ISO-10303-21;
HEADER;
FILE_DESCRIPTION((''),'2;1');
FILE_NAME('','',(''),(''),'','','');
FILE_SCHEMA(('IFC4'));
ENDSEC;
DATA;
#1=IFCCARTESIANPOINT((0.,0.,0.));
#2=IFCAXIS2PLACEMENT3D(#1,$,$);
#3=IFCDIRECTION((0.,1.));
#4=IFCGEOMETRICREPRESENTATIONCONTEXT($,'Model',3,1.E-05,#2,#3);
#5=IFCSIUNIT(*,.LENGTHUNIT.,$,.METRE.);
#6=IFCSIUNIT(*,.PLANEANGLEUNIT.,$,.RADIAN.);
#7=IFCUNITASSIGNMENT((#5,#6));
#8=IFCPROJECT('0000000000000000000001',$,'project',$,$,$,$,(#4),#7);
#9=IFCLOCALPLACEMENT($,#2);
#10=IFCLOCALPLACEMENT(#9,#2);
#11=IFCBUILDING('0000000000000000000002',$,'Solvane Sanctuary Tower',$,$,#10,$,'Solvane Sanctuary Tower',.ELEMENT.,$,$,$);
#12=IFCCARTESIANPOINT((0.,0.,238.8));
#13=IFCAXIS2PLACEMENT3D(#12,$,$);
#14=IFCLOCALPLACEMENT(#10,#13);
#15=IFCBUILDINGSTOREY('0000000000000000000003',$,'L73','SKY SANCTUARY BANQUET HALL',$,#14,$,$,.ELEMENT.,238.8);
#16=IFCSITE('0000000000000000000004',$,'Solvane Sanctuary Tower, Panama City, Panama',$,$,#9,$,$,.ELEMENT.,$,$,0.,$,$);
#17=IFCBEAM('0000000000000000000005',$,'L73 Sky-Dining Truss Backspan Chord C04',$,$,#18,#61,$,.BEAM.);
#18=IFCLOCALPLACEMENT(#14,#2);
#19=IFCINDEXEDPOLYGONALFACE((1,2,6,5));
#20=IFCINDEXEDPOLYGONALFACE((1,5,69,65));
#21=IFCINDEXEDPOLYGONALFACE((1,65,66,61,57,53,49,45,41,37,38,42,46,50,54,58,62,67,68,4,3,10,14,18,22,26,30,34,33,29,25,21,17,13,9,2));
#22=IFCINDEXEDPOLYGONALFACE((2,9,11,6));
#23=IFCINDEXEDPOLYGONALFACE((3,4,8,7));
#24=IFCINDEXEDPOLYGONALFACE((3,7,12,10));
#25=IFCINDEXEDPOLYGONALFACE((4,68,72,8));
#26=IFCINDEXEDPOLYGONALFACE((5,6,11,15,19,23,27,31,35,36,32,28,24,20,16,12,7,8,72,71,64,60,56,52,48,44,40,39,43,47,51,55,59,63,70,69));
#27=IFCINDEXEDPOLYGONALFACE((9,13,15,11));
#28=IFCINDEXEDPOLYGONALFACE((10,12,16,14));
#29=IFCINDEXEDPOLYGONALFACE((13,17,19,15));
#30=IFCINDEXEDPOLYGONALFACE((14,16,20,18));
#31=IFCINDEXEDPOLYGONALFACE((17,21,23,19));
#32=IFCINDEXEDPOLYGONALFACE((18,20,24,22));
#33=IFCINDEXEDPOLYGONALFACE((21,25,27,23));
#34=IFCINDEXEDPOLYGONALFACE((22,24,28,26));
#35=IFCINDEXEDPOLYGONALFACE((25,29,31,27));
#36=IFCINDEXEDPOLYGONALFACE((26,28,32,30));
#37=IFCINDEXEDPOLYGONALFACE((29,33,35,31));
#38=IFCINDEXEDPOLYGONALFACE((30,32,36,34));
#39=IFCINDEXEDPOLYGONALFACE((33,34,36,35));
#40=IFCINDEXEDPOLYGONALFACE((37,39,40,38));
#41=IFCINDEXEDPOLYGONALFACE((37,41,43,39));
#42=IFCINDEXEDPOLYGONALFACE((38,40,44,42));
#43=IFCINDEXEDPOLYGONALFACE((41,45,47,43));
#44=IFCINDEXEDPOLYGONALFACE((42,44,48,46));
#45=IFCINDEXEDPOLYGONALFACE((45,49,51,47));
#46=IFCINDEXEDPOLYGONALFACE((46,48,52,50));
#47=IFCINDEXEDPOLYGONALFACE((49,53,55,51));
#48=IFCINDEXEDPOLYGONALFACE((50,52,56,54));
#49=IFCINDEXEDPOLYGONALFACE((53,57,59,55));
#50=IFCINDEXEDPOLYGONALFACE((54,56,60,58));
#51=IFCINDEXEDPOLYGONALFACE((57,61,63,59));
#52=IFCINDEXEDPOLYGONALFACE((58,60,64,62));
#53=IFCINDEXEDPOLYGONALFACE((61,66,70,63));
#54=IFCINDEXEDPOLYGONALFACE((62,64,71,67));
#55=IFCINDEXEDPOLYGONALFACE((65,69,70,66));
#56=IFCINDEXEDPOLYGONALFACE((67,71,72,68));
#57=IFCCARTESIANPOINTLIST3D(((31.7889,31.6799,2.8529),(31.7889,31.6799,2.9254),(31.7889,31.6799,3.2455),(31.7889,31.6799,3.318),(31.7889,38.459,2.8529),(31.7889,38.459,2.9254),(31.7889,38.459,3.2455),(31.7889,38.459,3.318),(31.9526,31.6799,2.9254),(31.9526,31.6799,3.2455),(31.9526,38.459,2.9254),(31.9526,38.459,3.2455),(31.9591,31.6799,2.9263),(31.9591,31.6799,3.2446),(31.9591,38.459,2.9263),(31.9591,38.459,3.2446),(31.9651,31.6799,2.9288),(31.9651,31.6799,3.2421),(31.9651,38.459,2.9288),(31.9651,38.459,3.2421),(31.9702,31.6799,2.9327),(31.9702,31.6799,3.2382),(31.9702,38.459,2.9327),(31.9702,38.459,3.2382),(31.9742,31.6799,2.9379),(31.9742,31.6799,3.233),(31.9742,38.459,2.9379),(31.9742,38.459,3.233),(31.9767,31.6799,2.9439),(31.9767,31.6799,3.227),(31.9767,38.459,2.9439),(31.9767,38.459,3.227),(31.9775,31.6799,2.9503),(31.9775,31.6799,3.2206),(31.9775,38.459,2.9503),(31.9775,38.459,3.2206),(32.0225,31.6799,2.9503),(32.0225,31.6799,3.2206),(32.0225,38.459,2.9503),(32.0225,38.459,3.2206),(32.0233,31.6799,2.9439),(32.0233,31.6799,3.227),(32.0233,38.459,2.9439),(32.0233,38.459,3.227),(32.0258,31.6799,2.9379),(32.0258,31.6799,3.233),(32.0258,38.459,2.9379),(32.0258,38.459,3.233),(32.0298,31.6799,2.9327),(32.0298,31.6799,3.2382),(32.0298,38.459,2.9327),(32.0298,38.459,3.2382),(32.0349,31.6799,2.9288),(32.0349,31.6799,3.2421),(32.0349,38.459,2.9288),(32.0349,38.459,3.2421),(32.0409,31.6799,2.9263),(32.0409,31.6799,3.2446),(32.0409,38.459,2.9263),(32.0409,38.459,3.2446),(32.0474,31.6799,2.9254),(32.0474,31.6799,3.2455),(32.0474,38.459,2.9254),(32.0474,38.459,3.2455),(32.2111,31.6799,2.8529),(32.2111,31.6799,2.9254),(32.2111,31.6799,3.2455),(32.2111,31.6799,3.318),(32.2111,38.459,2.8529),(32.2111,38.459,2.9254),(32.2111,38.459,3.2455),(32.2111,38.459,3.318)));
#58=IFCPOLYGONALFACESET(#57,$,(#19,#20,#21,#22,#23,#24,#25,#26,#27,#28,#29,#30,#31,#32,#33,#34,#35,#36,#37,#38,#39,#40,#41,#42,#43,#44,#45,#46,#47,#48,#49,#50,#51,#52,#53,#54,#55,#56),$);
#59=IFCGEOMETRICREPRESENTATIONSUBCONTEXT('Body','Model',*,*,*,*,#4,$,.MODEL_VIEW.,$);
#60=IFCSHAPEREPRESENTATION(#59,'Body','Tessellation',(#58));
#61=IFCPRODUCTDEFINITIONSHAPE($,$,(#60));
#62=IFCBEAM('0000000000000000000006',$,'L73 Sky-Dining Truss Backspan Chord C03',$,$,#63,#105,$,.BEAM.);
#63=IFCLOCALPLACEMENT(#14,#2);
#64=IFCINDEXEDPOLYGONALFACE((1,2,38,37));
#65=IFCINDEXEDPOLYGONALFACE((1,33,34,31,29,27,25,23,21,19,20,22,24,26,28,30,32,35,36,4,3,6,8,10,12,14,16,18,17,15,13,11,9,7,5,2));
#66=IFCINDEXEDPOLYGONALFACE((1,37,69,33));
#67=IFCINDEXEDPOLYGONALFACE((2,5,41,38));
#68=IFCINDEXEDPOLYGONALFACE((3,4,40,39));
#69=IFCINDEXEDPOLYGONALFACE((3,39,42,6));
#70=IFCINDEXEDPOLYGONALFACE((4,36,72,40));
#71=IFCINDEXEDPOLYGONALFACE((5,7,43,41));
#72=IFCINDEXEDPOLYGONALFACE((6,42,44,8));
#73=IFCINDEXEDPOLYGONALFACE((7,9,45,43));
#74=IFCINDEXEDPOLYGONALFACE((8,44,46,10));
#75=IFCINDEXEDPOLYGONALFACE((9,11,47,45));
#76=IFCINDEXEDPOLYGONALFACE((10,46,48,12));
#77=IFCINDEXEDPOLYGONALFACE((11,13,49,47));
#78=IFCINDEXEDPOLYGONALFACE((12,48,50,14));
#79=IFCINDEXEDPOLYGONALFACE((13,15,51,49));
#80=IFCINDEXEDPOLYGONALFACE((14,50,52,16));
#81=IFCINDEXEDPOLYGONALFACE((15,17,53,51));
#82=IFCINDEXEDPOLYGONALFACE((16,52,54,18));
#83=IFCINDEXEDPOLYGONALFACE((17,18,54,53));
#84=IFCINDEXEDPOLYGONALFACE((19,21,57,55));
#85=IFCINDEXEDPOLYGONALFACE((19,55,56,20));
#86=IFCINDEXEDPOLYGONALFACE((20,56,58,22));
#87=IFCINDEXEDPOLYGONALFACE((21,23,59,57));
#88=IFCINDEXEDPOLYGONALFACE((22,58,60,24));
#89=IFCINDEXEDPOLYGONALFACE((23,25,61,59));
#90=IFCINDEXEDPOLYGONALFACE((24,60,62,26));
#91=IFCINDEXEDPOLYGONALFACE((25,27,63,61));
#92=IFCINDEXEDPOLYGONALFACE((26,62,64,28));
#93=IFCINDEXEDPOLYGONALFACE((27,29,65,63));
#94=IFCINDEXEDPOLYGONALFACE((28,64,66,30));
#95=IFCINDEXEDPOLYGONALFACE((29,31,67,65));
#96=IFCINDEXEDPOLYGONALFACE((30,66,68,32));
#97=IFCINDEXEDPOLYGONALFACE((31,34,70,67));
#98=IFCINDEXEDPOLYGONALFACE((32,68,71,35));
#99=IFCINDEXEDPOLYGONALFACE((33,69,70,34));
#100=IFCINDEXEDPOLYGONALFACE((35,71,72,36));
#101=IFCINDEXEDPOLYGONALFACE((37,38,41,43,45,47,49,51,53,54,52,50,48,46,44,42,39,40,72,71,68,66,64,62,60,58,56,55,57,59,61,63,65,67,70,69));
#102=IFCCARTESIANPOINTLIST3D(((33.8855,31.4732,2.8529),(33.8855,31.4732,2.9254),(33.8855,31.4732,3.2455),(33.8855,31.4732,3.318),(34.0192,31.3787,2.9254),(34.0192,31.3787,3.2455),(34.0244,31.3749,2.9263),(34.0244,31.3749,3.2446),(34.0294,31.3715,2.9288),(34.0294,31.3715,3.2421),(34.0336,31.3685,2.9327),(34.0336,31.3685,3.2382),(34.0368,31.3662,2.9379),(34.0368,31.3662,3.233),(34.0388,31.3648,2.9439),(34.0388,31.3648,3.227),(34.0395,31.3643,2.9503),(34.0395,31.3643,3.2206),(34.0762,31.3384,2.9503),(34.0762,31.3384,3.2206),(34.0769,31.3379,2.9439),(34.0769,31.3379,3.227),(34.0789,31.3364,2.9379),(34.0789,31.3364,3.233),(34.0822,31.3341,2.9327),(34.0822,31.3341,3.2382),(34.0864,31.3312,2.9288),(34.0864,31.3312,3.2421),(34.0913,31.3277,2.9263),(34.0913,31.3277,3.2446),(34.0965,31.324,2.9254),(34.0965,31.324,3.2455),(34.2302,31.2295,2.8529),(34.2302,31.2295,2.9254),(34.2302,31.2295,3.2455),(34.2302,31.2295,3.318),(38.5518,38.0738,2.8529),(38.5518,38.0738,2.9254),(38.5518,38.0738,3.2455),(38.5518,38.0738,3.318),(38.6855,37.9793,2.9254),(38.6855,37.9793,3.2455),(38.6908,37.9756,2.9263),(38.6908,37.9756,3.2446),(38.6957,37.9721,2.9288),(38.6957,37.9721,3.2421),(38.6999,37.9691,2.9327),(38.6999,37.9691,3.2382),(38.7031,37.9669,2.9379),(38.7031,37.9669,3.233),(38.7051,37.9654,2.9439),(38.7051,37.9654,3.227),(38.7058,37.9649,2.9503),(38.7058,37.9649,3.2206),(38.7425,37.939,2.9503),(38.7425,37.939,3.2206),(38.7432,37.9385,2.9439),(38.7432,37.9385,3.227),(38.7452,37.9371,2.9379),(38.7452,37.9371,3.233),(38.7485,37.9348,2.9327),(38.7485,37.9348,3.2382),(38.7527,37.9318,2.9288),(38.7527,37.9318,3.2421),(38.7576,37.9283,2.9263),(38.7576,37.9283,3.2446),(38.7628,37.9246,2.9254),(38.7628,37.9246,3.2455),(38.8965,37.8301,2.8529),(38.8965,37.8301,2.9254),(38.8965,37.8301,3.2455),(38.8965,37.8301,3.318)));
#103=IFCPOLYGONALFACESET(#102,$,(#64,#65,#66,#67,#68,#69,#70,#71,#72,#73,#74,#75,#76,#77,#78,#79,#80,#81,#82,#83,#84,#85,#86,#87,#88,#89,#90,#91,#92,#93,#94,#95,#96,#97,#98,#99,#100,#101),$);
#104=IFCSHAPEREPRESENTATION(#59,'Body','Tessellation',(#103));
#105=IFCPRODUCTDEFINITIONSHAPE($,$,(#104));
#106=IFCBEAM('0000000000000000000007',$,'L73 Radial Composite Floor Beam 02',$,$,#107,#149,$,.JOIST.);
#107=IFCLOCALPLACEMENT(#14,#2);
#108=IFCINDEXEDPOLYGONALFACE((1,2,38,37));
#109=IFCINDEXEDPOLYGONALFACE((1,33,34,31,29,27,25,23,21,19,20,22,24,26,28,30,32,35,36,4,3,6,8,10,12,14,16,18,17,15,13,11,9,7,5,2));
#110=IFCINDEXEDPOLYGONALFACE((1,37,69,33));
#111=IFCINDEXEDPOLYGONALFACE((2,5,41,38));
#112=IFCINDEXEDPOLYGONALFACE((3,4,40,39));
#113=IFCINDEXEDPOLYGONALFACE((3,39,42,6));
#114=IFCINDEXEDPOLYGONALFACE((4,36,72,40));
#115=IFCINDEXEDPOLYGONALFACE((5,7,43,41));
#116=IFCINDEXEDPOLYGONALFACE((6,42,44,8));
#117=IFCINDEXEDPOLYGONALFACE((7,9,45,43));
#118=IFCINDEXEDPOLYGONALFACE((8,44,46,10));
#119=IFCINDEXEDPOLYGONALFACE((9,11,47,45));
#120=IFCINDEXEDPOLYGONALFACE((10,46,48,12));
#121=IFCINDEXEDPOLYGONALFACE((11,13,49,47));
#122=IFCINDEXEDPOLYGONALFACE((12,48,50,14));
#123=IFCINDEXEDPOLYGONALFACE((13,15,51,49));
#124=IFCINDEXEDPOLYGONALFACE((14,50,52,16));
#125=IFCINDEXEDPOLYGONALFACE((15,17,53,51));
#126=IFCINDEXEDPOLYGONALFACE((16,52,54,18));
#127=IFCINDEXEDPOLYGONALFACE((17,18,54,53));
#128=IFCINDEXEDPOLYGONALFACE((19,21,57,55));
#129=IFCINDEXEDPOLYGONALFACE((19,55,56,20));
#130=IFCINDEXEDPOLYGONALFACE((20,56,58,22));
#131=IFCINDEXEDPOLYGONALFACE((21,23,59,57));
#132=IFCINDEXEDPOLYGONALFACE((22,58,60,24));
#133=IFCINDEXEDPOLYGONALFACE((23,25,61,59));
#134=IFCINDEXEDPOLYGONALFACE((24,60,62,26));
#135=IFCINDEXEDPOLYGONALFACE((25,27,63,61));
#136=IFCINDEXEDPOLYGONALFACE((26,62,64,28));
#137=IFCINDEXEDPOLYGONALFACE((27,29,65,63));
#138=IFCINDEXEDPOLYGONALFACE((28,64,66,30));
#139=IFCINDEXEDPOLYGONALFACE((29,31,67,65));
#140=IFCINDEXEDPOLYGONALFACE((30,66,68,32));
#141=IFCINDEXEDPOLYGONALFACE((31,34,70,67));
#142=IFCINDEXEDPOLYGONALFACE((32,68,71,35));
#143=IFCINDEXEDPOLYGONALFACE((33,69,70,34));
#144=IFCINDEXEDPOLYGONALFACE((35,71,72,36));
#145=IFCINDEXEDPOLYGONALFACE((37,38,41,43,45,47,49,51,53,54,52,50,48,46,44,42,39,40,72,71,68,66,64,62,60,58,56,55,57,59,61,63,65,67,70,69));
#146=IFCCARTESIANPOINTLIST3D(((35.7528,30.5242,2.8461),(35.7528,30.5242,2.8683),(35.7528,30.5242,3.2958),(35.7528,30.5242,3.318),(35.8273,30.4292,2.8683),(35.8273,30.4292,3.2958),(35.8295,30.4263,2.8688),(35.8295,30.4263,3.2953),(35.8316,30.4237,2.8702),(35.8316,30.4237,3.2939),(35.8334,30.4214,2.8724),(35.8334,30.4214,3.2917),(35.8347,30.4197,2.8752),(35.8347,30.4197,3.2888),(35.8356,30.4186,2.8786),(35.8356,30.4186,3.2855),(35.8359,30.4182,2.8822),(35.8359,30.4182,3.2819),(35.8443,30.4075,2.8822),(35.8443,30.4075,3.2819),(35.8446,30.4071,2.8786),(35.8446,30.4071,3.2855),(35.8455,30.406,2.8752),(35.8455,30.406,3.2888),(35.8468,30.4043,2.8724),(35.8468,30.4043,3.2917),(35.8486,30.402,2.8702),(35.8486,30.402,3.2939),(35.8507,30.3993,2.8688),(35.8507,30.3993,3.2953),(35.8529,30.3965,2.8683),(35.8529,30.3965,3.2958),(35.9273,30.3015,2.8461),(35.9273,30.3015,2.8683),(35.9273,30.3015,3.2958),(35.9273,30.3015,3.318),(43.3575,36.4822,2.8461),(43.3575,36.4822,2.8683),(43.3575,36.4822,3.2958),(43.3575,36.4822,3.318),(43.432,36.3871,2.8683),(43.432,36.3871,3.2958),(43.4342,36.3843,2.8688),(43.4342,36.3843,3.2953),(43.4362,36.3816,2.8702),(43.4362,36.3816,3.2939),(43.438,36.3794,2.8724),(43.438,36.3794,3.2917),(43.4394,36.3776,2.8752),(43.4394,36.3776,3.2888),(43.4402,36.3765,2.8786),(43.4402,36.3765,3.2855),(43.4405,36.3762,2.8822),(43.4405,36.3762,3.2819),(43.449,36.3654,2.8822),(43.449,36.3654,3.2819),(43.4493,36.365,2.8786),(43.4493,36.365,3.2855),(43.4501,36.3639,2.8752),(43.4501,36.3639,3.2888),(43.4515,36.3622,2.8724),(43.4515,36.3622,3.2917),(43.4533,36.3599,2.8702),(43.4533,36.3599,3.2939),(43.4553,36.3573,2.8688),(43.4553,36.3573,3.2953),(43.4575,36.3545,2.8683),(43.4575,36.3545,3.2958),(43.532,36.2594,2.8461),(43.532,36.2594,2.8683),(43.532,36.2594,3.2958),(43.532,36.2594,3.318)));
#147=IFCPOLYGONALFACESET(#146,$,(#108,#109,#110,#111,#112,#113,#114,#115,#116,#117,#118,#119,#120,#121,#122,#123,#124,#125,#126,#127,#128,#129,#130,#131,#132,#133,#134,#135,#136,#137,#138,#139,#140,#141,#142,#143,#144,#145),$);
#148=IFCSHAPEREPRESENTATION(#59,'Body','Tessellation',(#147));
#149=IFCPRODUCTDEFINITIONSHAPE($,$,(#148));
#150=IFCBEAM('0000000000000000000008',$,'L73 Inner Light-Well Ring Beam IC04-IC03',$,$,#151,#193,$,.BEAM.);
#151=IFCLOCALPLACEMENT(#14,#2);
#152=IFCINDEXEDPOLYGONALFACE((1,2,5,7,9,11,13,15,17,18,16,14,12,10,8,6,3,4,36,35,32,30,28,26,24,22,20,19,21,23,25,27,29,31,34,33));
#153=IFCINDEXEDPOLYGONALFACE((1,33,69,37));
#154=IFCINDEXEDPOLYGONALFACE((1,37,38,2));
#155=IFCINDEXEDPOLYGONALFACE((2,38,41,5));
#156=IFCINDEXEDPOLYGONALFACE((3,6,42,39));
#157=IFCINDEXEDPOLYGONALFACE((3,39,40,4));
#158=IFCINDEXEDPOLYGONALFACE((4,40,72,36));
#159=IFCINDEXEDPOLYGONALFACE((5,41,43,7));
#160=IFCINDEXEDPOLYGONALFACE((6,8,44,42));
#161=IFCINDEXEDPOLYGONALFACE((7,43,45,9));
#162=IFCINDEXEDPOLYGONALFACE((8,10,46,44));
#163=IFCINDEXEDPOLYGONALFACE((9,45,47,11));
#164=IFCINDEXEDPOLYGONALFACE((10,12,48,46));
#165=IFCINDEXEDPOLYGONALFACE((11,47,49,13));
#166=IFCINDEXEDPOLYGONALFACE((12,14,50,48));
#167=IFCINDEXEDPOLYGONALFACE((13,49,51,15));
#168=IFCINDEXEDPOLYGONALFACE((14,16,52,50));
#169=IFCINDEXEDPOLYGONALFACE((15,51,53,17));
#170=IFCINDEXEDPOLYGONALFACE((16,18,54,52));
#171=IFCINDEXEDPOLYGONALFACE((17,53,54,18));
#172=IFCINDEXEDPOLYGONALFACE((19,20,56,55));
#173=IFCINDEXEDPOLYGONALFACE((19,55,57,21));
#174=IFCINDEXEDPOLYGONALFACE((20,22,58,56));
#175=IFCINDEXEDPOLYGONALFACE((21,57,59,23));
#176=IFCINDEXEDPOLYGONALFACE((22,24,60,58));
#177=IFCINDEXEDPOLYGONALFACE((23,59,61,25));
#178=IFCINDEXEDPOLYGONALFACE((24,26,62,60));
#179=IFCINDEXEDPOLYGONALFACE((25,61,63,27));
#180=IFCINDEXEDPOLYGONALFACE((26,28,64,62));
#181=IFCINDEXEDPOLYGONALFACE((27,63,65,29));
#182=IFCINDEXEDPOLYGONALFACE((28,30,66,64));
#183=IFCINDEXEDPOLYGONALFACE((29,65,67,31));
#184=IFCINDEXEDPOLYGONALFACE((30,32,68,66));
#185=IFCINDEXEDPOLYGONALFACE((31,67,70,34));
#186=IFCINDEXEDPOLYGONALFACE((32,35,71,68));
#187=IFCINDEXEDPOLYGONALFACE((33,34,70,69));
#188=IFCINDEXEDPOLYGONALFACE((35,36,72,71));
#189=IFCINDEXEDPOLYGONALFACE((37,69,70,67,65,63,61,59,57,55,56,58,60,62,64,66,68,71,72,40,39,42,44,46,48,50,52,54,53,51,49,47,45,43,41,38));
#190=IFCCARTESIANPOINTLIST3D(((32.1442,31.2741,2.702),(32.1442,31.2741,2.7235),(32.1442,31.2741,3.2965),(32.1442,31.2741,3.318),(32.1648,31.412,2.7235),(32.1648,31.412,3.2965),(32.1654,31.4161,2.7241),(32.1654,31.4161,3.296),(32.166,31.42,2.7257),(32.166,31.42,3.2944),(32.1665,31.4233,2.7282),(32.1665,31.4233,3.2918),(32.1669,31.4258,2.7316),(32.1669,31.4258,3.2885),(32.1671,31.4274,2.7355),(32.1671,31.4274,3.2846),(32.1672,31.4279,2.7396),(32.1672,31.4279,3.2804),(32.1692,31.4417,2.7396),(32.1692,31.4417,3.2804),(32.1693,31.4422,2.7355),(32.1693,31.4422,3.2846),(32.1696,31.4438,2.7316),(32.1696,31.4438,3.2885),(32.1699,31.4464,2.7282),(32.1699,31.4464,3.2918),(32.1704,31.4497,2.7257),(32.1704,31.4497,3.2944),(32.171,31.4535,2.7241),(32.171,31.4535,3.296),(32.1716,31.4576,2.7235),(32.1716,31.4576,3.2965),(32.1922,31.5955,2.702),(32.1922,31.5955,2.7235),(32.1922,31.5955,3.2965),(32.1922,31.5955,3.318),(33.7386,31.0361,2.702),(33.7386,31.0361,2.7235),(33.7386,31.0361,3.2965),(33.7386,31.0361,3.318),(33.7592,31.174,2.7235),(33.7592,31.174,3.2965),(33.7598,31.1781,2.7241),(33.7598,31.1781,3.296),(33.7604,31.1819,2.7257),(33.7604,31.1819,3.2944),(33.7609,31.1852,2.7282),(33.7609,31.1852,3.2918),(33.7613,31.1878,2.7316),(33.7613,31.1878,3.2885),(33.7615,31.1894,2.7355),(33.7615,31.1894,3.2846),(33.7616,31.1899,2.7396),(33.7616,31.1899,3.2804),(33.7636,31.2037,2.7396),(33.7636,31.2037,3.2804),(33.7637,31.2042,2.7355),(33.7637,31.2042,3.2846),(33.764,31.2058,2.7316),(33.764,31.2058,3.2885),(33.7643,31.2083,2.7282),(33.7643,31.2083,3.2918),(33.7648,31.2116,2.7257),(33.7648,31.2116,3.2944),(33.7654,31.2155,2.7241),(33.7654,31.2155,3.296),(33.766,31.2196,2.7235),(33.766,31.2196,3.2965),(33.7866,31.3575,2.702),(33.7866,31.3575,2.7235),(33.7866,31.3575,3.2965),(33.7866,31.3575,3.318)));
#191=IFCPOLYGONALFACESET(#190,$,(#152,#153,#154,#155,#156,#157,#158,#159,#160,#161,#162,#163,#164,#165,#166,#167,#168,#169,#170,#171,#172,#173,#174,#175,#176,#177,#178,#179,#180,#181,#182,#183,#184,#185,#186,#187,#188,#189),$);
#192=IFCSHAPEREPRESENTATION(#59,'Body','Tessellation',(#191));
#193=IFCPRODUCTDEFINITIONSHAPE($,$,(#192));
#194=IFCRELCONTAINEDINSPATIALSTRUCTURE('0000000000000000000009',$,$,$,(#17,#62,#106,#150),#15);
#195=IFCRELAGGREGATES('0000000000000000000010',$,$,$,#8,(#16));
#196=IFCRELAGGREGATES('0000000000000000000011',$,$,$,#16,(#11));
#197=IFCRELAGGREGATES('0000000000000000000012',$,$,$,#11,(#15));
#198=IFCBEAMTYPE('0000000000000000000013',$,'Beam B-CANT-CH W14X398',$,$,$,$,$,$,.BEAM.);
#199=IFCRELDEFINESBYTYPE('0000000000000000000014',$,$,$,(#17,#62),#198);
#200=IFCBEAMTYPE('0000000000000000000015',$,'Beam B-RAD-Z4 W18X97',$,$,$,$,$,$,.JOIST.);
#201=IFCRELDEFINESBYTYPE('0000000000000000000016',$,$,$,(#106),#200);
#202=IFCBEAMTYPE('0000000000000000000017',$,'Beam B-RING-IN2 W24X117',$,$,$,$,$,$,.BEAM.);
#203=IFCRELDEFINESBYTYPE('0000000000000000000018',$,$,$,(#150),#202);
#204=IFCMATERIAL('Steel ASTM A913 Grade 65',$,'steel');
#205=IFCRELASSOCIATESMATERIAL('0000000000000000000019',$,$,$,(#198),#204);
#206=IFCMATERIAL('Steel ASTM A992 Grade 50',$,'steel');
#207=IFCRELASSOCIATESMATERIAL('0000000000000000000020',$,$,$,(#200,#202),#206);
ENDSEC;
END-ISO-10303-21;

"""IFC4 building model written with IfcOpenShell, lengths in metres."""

from ifc_helpers import new_model, si_unit, direction, frame, origin, origin_2d, place, context, subcontext, project, spatial, i_section, extrude, material, material_profile, profile_set, type_object, element, save


model = new_model("IFC4")

# Units and contexts
model_context = context("Model", 3, precision=1e-05, world=origin(), true_north=direction((0.0, 1.0)))
body_context = subcontext(model_context, "Body", "Model", "MODEL_VIEW")
ifc_project = project(units=[si_unit("LENGTHUNIT", "METRE"), si_unit("PLANEANGLEUNIT", "RADIAN")], contexts=[model_context])

# Site, building, storey
site_placement = place(None, origin())
site = spatial("IfcSite", under=ifc_project, at=site_placement, Name="Solvane Sanctuary Tower, Panama City, Panama", CompositionType="ELEMENT", RefElevation=0.0)
building_placement = place(site_placement, origin())
building = spatial("IfcBuilding", under=site, at=building_placement, Name="Solvane Sanctuary Tower", LongName="Solvane Sanctuary Tower", CompositionType="ELEMENT")
storey_placement = place(building_placement, frame((0.0, 0.0, 238.8)))
storey = spatial("IfcBuildingStorey", under=building, at=storey_placement, Name="L73", Description="SKY SANCTUARY BANQUET HALL", CompositionType="ELEMENT", Elevation=238.8)

# Shared definitions
ifc_material_1 = material(Name="Steel ASTM A913 Grade 65", Category="steel")

# Beams
ifc_material_profile_1 = material_profile(ifc_material_1, i_section(OverallWidth=0.4221, OverallDepth=0.4651, WebThickness=0.0449, FlangeThickness=0.0725, FilletRadius=0.0249, at=origin_2d()), Name="W14X398")
ifc_profile_set_1 = profile_set([ifc_material_profile_1], Name="Steel ASTM A913 Grade 65")
beam_type_1 = type_object("IfcBeamType", Name="Beam B-CANT-CH W14X398", PredefinedType="BEAM", material=ifc_profile_set_1)
beam_1_placement = place(storey_placement, frame((32.0, 31.6799, 3.0854), z_axis=(0.0, 1.0, 0.0), x_axis=(-1.0, 0.0, 0.0)))
element("IfcBeam", 1, at=beam_1_placement, inside=storey, type_object=beam_type_1, Name="L73 Sky-Dining Truss Backspan Chord C04", PredefinedType="BEAM", context=body_context, shape_type="SweptSolid", body=[
    extrude(i_section(OverallWidth=0.4221, OverallDepth=0.4651, WebThickness=0.0449, FlangeThickness=0.0725, FilletRadius=0.0249, at=origin_2d()), origin(), (0.0, 0.0, 1.0), 6.7791),
])
beam_2_placement = place(storey_placement, frame((34.0579, 31.3513, 3.0854), z_axis=(0.577263, 0.816558, 0.0), x_axis=(-0.816558, 0.577263, 0.0)))
element("IfcBeam", 2, at=beam_2_placement, inside=storey, type_object=beam_type_1, Name="L73 Sky-Dining Truss Backspan Chord C03", PredefinedType="BEAM", context=body_context, shape_type="SweptSolid", body=[
    extrude(i_section(OverallWidth=0.4221, OverallDepth=0.4651, WebThickness=0.0449, FlangeThickness=0.0725, FilletRadius=0.0249, at=origin_2d()), origin(), (0.0, 0.0, 1.0), 8.0835),
])
ifc_material_2 = material(Name="Steel ASTM A992 Grade 50", Category="steel")
ifc_material_profile_2 = material_profile(ifc_material_2, i_section(OverallWidth=0.283, OverallDepth=0.4719, WebThickness=0.0137, FlangeThickness=0.0222, FilletRadius=0.0139, at=origin_2d()), Name="W18X97")
ifc_profile_set_2 = profile_set([ifc_material_profile_2], Name="Steel ASTM A992 Grade 50")
beam_type_2 = type_object("IfcBeamType", Name="Beam B-RAD-Z4 W18X97", PredefinedType="JOIST", material=ifc_profile_set_2)
beam_3_placement = place(storey_placement, frame((35.8401, 30.4128, 3.082), z_axis=(0.78718, 0.616724, 0.0), x_axis=(-0.616724, 0.78718, 0.0)))
element("IfcBeam", 3, at=beam_3_placement, inside=storey, type_object=beam_type_2, Name="L73 Radial Composite Floor Beam 02", PredefinedType="JOIST", context=body_context, shape_type="SweptSolid", body=[
    extrude(i_section(OverallWidth=0.283, OverallDepth=0.4719, WebThickness=0.0137, FlangeThickness=0.0222, FilletRadius=0.0139, at=origin_2d()), origin(), (0.0, 0.0, 1.0), 9.6606),
])
ifc_material_profile_3 = material_profile(ifc_material_2, i_section(OverallWidth=0.325, OverallDepth=0.616, WebThickness=0.0139, FlangeThickness=0.0215, FilletRadius=0.0161, at=origin_2d()), Name="W24X117")
ifc_profile_set_3 = profile_set([ifc_material_profile_3], Name="Steel ASTM A992 Grade 50")
beam_type_3 = type_object("IfcBeamType", Name="Beam B-RING-IN2 W24X117", PredefinedType="BEAM", material=ifc_profile_set_3)
beam_4_placement = place(storey_placement, frame((32.1682, 31.4348, 3.01), z_axis=(0.989039, -0.147652, 0.0), x_axis=(0.147652, 0.989039, 0.0)))
element("IfcBeam", 4, at=beam_4_placement, inside=storey, type_object=beam_type_3, Name="L73 Inner Light-Well Ring Beam IC04-IC03", PredefinedType="BEAM", context=body_context, shape_type="SweptSolid", body=[
    extrude(i_section(OverallWidth=0.325, OverallDepth=0.616, WebThickness=0.0139, FlangeThickness=0.0215, FilletRadius=0.0161, at=origin_2d()), origin(), (0.0, 0.0, 1.0), 1.6121),
])

save(model, "model.ifc")
